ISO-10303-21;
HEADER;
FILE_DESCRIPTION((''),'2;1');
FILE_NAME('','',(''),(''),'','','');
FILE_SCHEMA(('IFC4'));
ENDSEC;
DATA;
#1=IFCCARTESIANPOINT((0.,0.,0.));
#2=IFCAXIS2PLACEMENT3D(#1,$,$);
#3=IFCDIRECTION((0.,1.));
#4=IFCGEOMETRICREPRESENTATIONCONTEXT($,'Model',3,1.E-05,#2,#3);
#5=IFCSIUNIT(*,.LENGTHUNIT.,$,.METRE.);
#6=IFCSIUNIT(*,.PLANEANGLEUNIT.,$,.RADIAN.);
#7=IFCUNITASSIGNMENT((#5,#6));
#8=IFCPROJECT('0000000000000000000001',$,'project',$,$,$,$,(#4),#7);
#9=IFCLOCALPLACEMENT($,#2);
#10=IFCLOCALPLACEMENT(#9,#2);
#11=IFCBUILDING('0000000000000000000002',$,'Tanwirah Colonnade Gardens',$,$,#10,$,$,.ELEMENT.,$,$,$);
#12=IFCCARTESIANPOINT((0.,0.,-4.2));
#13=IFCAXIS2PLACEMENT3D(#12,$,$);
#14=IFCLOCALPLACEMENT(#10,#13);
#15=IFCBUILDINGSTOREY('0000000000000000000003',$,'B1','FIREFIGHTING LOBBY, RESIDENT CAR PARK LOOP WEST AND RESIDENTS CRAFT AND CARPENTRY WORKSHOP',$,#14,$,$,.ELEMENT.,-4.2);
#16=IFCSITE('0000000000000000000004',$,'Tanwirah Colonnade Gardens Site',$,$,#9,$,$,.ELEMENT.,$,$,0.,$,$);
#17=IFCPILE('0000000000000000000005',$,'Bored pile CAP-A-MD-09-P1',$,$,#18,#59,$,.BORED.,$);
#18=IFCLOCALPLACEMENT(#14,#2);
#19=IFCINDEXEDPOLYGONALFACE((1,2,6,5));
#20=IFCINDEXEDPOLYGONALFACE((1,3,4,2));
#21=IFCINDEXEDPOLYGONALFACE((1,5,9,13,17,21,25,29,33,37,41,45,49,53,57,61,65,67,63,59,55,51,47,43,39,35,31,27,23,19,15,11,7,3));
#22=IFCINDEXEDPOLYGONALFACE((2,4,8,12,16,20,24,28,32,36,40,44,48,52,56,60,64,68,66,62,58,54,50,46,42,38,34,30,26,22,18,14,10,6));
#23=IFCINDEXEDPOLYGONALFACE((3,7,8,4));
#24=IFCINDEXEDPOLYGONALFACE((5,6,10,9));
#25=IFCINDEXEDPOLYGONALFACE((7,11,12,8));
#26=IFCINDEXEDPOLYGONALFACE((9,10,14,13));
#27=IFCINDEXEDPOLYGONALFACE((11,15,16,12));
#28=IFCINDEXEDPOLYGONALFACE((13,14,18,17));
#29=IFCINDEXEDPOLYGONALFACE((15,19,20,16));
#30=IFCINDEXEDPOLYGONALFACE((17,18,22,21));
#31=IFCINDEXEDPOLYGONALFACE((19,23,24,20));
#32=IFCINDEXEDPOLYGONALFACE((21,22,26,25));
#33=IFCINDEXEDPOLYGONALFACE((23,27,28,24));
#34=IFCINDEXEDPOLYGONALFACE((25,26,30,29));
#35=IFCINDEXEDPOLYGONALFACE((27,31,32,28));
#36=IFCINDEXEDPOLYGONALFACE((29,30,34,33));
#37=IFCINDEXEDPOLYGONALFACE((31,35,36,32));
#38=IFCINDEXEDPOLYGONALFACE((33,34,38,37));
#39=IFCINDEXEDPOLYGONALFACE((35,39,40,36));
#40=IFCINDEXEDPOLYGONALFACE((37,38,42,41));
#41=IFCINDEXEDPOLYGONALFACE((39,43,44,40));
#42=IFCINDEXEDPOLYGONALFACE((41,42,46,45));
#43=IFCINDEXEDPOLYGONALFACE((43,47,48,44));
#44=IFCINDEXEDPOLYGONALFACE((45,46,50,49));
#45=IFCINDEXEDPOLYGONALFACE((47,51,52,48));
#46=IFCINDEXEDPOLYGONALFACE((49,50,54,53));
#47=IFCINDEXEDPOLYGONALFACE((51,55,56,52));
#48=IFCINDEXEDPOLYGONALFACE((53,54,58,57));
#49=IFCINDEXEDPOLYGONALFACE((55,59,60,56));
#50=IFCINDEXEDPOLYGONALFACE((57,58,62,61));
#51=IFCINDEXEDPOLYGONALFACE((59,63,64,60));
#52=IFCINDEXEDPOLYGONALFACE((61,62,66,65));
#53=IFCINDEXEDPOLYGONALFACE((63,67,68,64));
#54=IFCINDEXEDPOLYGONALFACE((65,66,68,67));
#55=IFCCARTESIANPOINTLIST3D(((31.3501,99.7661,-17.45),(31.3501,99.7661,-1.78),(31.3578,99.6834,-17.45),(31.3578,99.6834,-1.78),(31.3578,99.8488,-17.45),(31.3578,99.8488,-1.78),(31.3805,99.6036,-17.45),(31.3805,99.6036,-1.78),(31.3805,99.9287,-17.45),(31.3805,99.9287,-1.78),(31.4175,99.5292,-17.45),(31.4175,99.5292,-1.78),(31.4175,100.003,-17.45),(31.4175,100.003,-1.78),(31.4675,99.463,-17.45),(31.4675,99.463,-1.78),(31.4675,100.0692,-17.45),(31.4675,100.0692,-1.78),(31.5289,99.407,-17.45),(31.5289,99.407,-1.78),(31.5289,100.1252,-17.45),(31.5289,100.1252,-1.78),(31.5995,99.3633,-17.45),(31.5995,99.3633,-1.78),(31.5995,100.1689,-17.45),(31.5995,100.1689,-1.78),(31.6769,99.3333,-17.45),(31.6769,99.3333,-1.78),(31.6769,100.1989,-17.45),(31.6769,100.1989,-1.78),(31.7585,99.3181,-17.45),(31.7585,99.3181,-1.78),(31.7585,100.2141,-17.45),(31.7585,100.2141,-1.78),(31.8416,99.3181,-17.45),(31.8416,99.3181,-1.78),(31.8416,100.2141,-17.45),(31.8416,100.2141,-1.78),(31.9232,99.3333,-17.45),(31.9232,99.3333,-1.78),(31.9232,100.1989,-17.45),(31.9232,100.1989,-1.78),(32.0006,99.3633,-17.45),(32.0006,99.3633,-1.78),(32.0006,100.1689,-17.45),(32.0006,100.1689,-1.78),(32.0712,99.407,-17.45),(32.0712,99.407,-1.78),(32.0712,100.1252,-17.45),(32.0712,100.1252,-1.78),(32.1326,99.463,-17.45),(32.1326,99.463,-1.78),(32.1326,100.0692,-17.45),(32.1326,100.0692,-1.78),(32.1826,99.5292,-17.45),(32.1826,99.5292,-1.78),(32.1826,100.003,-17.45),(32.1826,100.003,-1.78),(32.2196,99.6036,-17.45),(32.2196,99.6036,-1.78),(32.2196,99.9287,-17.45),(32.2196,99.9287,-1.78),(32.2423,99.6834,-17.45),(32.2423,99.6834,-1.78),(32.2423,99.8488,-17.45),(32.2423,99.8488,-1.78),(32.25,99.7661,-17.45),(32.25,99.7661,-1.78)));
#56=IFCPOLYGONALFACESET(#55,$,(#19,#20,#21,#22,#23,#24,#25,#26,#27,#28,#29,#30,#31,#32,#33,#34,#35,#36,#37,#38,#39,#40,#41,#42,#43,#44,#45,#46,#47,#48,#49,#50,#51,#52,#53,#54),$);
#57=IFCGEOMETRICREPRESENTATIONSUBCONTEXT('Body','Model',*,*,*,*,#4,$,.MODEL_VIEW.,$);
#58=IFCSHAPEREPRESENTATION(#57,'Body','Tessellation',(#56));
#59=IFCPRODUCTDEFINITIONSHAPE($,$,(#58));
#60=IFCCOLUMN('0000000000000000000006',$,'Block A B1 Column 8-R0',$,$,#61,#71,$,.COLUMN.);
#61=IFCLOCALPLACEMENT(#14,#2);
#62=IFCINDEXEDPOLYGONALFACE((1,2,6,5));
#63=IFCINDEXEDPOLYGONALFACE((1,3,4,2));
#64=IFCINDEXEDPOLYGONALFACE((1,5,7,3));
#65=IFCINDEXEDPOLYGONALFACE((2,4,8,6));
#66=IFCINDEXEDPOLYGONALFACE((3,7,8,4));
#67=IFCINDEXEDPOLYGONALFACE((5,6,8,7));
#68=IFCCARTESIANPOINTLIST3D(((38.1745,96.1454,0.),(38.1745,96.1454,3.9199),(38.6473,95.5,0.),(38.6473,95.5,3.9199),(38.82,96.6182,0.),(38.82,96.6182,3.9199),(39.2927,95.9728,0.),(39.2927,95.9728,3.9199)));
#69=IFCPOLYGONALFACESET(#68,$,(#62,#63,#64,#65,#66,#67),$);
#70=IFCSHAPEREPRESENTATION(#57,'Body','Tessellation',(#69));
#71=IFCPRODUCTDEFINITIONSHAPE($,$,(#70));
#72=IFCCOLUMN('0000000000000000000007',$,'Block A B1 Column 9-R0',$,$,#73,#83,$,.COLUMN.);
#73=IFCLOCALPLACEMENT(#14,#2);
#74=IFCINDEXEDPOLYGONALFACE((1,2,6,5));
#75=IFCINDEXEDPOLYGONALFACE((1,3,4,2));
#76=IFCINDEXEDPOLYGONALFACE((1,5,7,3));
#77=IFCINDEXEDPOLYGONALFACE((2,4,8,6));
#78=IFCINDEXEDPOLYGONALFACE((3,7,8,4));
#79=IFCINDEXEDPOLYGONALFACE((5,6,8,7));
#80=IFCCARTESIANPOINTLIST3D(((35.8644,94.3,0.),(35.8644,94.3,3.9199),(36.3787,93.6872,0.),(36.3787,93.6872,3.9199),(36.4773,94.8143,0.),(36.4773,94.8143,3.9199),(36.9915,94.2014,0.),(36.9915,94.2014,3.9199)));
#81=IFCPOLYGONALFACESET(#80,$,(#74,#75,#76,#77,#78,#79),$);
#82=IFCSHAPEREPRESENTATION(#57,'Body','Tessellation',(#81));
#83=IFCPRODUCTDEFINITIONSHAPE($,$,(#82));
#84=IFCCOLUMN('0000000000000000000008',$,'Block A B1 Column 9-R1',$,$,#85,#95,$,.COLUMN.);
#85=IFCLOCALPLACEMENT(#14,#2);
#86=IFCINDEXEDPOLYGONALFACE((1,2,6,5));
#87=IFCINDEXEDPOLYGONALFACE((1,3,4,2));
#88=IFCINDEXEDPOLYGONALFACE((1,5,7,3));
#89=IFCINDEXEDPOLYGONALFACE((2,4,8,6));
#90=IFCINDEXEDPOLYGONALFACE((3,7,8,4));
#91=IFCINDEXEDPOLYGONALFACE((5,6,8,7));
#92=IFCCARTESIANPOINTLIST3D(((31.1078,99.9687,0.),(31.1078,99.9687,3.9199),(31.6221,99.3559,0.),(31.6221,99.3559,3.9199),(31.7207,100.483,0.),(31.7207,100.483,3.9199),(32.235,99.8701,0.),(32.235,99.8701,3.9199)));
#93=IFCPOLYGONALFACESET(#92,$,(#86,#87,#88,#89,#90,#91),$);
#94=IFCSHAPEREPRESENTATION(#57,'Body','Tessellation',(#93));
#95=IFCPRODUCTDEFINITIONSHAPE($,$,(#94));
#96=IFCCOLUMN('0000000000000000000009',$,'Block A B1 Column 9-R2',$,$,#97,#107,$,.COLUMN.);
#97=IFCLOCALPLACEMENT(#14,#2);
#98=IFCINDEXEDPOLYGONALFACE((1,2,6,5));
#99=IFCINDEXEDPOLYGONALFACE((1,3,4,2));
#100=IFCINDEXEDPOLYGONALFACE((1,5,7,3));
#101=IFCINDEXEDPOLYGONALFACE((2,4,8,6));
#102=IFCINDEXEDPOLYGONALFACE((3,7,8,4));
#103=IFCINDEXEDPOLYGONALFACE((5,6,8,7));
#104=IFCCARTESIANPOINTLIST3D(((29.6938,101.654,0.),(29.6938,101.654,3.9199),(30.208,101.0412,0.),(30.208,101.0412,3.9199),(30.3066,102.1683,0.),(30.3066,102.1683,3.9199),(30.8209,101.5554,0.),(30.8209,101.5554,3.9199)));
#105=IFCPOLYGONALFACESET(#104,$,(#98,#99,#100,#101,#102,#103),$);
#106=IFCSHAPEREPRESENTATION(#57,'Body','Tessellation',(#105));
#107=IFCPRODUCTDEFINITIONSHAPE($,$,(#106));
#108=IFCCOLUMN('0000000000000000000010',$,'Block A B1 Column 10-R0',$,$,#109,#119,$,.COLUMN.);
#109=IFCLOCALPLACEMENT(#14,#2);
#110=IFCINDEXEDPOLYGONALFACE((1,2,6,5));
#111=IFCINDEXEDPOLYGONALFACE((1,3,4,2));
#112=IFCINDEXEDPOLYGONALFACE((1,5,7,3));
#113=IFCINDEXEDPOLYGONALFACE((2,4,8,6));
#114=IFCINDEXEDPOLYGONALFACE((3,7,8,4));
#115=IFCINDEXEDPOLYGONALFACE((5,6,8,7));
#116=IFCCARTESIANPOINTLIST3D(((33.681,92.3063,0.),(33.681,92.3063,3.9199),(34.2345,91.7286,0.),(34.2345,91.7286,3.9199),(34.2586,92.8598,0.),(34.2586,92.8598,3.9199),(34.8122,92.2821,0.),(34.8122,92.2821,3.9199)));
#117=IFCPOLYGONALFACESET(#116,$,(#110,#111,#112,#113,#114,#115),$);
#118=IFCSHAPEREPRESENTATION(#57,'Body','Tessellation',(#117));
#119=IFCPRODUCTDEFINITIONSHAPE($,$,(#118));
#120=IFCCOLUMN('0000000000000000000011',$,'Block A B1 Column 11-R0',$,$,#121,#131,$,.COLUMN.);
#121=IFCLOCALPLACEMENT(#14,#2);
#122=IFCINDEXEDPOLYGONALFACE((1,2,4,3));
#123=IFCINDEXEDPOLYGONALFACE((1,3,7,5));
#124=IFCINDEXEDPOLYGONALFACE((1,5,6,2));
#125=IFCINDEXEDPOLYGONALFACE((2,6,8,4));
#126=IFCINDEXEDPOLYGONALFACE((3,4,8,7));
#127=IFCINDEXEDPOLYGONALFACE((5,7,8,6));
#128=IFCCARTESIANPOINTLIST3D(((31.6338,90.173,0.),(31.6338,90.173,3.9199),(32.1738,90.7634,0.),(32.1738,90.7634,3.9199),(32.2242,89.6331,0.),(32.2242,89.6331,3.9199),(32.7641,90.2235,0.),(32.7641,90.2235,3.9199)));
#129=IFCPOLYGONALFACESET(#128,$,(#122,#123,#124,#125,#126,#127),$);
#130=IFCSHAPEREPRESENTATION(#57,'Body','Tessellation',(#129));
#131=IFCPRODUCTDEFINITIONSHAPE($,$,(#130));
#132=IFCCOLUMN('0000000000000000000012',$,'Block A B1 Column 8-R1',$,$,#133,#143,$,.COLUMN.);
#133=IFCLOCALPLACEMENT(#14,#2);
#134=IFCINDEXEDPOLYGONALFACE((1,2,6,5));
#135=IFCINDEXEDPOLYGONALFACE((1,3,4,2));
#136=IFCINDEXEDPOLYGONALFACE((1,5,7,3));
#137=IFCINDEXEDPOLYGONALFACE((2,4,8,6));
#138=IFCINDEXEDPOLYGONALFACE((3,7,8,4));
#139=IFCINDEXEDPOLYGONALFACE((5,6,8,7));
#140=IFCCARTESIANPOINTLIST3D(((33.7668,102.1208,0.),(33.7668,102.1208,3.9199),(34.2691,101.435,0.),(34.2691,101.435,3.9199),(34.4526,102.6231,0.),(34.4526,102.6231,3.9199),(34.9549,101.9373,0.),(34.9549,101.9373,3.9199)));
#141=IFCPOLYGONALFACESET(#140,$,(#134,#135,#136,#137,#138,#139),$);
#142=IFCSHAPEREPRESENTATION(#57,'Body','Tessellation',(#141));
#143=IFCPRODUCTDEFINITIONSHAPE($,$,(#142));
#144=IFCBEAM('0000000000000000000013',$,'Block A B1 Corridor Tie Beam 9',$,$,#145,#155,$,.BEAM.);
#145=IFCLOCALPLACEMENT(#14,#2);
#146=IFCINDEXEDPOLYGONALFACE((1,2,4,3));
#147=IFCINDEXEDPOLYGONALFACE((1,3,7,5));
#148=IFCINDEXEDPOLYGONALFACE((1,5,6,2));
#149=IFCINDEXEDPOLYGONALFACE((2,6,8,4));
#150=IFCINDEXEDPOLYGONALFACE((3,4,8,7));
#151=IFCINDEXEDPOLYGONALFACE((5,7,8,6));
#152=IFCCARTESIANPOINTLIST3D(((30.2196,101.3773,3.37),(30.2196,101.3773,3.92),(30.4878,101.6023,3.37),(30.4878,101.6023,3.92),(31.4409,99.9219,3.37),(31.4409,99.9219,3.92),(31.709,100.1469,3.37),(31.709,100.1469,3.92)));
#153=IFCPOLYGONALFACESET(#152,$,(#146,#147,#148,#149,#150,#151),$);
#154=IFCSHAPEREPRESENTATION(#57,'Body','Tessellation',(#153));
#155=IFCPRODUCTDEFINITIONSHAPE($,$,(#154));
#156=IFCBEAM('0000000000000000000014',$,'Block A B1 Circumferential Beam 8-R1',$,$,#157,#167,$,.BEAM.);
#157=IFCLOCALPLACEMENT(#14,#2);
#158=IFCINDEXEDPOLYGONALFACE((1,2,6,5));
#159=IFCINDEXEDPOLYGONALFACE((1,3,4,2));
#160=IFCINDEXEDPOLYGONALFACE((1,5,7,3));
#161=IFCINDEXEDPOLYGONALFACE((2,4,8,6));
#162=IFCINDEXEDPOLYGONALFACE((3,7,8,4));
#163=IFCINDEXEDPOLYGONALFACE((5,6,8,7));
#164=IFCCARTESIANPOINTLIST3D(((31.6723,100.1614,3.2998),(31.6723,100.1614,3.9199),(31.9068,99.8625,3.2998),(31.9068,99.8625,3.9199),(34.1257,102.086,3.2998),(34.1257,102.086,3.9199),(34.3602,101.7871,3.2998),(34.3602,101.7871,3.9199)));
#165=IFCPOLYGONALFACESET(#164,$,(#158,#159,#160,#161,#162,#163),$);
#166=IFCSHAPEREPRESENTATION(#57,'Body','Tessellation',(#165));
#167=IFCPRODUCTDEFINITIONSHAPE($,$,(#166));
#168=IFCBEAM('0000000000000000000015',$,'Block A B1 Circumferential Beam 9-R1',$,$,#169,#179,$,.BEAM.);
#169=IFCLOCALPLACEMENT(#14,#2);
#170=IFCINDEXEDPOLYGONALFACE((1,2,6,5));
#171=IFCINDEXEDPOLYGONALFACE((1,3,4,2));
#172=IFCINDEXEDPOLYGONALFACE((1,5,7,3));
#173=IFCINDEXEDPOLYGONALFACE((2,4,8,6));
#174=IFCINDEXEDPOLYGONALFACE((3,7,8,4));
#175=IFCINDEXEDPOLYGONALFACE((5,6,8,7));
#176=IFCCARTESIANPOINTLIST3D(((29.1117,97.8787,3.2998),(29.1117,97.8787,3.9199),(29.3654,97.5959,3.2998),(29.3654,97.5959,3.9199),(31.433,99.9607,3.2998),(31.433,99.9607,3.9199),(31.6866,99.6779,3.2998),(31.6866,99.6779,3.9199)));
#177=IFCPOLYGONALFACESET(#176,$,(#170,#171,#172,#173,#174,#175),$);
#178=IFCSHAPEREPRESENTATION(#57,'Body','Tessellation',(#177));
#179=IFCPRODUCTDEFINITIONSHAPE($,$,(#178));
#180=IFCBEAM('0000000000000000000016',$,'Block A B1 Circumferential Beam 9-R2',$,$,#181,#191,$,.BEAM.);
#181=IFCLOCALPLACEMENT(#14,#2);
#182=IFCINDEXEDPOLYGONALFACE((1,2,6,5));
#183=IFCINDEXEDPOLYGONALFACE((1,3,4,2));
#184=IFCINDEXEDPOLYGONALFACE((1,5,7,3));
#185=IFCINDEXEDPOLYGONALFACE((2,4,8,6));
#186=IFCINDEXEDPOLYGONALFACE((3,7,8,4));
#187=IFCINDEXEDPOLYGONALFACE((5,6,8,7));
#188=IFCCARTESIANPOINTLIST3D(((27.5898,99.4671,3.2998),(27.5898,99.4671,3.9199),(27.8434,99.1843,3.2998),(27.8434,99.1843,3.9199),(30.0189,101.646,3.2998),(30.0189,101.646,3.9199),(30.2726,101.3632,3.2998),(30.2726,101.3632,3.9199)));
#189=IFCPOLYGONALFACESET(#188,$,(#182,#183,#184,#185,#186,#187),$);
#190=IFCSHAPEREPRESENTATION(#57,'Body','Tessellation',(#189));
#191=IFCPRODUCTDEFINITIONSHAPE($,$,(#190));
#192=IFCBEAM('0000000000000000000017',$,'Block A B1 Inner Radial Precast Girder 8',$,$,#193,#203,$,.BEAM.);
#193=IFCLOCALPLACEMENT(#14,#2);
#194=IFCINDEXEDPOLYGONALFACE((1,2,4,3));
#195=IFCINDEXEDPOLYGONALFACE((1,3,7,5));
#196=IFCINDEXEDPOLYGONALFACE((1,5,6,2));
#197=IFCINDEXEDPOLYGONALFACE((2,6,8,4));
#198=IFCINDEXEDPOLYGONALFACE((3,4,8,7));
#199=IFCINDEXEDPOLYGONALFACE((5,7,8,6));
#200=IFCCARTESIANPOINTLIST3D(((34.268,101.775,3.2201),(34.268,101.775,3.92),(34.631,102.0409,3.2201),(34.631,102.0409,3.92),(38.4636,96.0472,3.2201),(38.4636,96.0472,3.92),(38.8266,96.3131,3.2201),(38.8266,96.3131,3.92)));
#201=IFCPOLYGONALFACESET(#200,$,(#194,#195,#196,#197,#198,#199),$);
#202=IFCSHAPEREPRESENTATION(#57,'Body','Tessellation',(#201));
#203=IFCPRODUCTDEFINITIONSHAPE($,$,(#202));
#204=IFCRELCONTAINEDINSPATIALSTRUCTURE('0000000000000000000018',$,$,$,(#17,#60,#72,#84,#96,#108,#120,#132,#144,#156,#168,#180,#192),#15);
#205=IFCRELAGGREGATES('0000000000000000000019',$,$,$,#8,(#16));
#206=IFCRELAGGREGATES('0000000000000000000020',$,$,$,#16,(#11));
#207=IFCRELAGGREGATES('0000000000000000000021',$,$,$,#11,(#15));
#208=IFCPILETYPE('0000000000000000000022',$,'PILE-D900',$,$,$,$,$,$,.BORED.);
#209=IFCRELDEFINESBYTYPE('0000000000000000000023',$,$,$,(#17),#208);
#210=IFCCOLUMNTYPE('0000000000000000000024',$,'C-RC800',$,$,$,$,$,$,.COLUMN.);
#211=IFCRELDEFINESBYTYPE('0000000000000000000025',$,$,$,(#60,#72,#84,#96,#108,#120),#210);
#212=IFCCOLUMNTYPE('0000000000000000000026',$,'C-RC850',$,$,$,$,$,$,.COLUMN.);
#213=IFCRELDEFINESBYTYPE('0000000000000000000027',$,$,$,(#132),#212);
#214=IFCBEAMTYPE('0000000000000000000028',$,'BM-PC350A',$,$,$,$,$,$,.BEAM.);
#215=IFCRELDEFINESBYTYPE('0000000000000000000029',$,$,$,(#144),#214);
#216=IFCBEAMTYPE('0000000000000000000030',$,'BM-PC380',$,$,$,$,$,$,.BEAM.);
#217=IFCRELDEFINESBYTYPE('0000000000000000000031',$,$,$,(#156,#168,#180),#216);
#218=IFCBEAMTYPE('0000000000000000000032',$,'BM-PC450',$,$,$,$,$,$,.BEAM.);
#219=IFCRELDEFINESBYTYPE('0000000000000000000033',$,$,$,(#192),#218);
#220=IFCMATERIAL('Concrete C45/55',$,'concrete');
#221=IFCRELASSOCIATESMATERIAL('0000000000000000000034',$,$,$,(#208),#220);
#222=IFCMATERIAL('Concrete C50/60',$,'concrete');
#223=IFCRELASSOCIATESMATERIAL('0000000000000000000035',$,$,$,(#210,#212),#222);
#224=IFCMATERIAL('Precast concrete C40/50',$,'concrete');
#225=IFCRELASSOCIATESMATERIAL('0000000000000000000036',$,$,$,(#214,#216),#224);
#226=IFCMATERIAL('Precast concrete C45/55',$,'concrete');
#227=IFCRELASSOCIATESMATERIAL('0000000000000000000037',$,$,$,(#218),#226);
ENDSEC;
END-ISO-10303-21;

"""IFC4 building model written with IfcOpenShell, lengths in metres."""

from ifc_helpers import new_model, si_unit, direction, frame, origin, origin_2d, place, context, subcontext, project, spatial, rectangle, circle, extrude, material, material_profile, profile_set, type_object, element, save


model = new_model("IFC4")

# Units and contexts
model_context = context("Model", 3, precision=1e-05, world=origin(), true_north=direction((0.0, 1.0)))
body_context = subcontext(model_context, "Body", "Model", "MODEL_VIEW")
ifc_project = project(units=[si_unit("LENGTHUNIT", "METRE"), si_unit("PLANEANGLEUNIT", "RADIAN")], contexts=[model_context])

# Site, building, storey
site_placement = place(None, origin())
site = spatial("IfcSite", under=ifc_project, at=site_placement, Name="Tanwirah Colonnade Gardens Site", CompositionType="ELEMENT", RefElevation=0.0)
building_placement = place(site_placement, origin())
building = spatial("IfcBuilding", under=site, at=building_placement, Name="Tanwirah Colonnade Gardens", CompositionType="ELEMENT")
storey_placement = place(building_placement, frame((0.0, 0.0, -4.2)))
storey = spatial("IfcBuildingStorey", under=building, at=storey_placement, Name="B1", Description="FIREFIGHTING LOBBY, RESIDENT CAR PARK LOOP WEST AND RESIDENTS CRAFT AND CARPENTRY WORKSHOP", CompositionType="ELEMENT", Elevation=-4.2)

# Shared definitions
ifc_material_1 = material(Name="Concrete C45/55", Category="concrete")

# Pile
ifc_material_profile_1 = material_profile(ifc_material_1, circle(Radius=0.45, at=origin_2d()), Name="PILE D900")
ifc_profile_set_1 = profile_set([ifc_material_profile_1], Name="Concrete C45/55")
pile_type_1 = type_object("IfcPileType", Name="PILE-D900", PredefinedType="BORED", material=ifc_profile_set_1)
for number, where, z_axis, x_axis, name in (
    (1, (31.8, 99.7661, -1.78), (0.0, 0.0, -1.0), (1.0, 0.0, 0.0), "Bored pile CAP-A-MD-09-P1"),
):
    element("IfcPile", number, at=place(storey_placement, frame(where, z_axis=z_axis, x_axis=x_axis)), inside=storey, type_object=pile_type_1, Name=name, PredefinedType="BORED", context=body_context, shape_type="SweptSolid", body=[
        extrude(circle(Radius=0.45, at=origin_2d()), origin(), (0.0, 0.0, 1.0), 15.6699),
    ])

# Columns
ifc_material_2 = material(Name="Concrete C50/60", Category="concrete")
ifc_material_profile_2 = material_profile(ifc_material_2, rectangle(XDim=0.8, YDim=0.8, at=origin_2d()), Name="RC-COL 800x800")
ifc_profile_set_2 = profile_set([ifc_material_profile_2], Name="Concrete C50/60")
column_type_1 = type_object("IfcColumnType", Name="C-RC800", PredefinedType="COLUMN", material=ifc_profile_set_2)
for number, where, z_axis, x_axis, name in (
    (2, (38.7336, 96.0591, 0.0), (0.0, 0.0, 1.0), (-0.590919, 0.806731, 0.0), "Block A B1 Column 8-R0"),
    (3, (36.428, 94.2507, 0.0), (0.0, 0.0, 1.0), (-0.642788, 0.766044, 0.0), "Block A B1 Column 9-R0"),
    (4, (31.6714, 99.9194, 0.0), (0.0, 0.0, 1.0), (-0.642788, 0.766044, 0.0), "Block A B1 Column 9-R1"),
    (5, (30.2573, 101.6047, 0.0), (0.0, 0.0, 1.0), (-0.642788, 0.766044, 0.0), "Block A B1 Column 9-R2"),
    (6, (34.2466, 92.2942, 0.0), (0.0, 0.0, 1.0), (-0.691863, 0.722029, 0.0), "Block A B1 Column 10-R0"),
    (7, (32.199, 90.1982, 0.0), (0.0, 0.0, 1.0), (-0.737932, 0.674875, 0.0), "Block A B1 Column 11-R0"),
):
    element("IfcColumn", number, at=place(storey_placement, frame(where, z_axis=z_axis, x_axis=x_axis)), inside=storey, type_object=column_type_1, Name=name, PredefinedType="COLUMN", context=body_context, shape_type="SweptSolid", body=[
        extrude(rectangle(XDim=0.8, YDim=0.8, at=origin_2d()), origin(), (0.0, 0.0, 1.0), 3.9199),
    ])
ifc_material_profile_3 = material_profile(ifc_material_2, rectangle(XDim=0.8501, YDim=0.8501, at=origin_2d()), Name="RC-COL 850x850")
ifc_profile_set_3 = profile_set([ifc_material_profile_3], Name="Concrete C50/60")
column_type_2 = type_object("IfcColumnType", Name="C-RC850", PredefinedType="COLUMN", material=ifc_profile_set_3)
column_placement = place(storey_placement, frame((34.3608, 102.0291, 0.0), z_axis=(0.0, 0.0, 1.0), x_axis=(-0.590919, 0.806731, 0.0)))
element("IfcColumn", 8, at=column_placement, inside=storey, type_object=column_type_2, Name="Block A B1 Column 8-R1", PredefinedType="COLUMN", context=body_context, shape_type="SweptSolid", body=[
    extrude(rectangle(XDim=0.8501, YDim=0.8501, at=origin_2d()), origin(), (0.0, 0.0, 1.0), 3.9199),
])

# Beams
ifc_material_3 = material(Name="Precast concrete C40/50", Category="concrete")
ifc_material_profile_4 = material_profile(ifc_material_3, rectangle(XDim=0.3501, YDim=0.55, at=origin_2d()), Name="PC-BM 350x550")
ifc_profile_set_4 = profile_set([ifc_material_profile_4], Name="Precast concrete C40/50")
beam_type_1 = type_object("IfcBeamType", Name="BM-PC350A", PredefinedType="BEAM", material=ifc_profile_set_4)
beam_1_placement = place(storey_placement, frame((31.575, 100.0344, 3.645), z_axis=(-0.642797, 0.766036, 0.0), x_axis=(-0.766036, -0.642797, 0.0)))
element("IfcBeam", 9, at=beam_1_placement, inside=storey, type_object=beam_type_1, Name="Block A B1 Corridor Tie Beam 9", PredefinedType="BEAM", context=body_context, shape_type="SweptSolid", body=[
    extrude(rectangle(XDim=0.3501, YDim=0.55, at=origin_2d()), origin(), (0.0, 0.0, 1.0), 1.8999),
])
ifc_material_profile_5 = material_profile(ifc_material_3, rectangle(XDim=0.3799, YDim=0.6201, at=origin_2d()), Name="PC-BM 380x620")
ifc_profile_set_5 = profile_set([ifc_material_profile_5], Name="Precast concrete C40/50")
beam_type_2 = type_object("IfcBeamType", Name="BM-PC380", PredefinedType="BEAM", material=ifc_profile_set_5)
for number, where, z_axis, x_axis, name in (
    (10, (34.2429, 101.9365, 3.6099), (-0.786799, -0.617209, 0.0), (0.617209, -0.786799, 0.0), "Block A B1 Circumferential Beam 8-R1"),
    (11, (31.5598, 99.8193, 3.6099), (-0.74443, -0.667701, 0.0), (0.667701, -0.74443, 0.0), "Block A B1 Circumferential Beam 9-R1"),
):
    element("IfcBeam", number, at=place(storey_placement, frame(where, z_axis=z_axis, x_axis=x_axis)), inside=storey, type_object=beam_type_2, Name=name, PredefinedType="BEAM", context=body_context, shape_type="SweptSolid", body=[
        extrude(rectangle(XDim=0.3799, YDim=0.6201, at=origin_2d()), origin(), (0.0, 0.0, 1.0), 3.1182),
    ])
beam_2_placement = place(storey_placement, frame((30.1458, 101.5046, 3.6099), z_axis=(-0.744409, -0.667724, 0.0), x_axis=(0.667724, -0.744409, 0.0)))
element("IfcBeam", 12, at=beam_2_placement, inside=storey, type_object=beam_type_2, Name="Block A B1 Circumferential Beam 9-R2", PredefinedType="BEAM", context=body_context, shape_type="SweptSolid", body=[
    extrude(rectangle(XDim=0.3799, YDim=0.6201, at=origin_2d()), origin(), (0.0, 0.0, 1.0), 3.2632),
])
ifc_material_4 = material(Name="Precast concrete C45/55", Category="concrete")
ifc_material_profile_6 = material_profile(ifc_material_4, rectangle(XDim=0.45, YDim=0.7, at=origin_2d()), Name="PC-BM 450x700")
ifc_profile_set_6 = profile_set([ifc_material_profile_6], Name="Precast concrete C45/55")
beam_type_3 = type_object("IfcBeamType", Name="BM-PC450", PredefinedType="BEAM", material=ifc_profile_set_6)
for number, where, z_axis, x_axis, name in (
    (13, (34.4495, 101.908, 3.5701), (0.590922, -0.806728, 0.0), (0.806728, 0.590922, 0.0), "Block A B1 Inner Radial Precast Girder 8"),
):
    element("IfcBeam", number, at=place(storey_placement, frame(where, z_axis=z_axis, x_axis=x_axis)), inside=storey, type_object=beam_type_3, Name=name, PredefinedType="BEAM", context=body_context, shape_type="SweptSolid", body=[
        extrude(rectangle(XDim=0.45, YDim=0.7, at=origin_2d()), origin(), (0.0, 0.0, 1.0), 7.1001),
    ])

save(model, "model.ifc")
